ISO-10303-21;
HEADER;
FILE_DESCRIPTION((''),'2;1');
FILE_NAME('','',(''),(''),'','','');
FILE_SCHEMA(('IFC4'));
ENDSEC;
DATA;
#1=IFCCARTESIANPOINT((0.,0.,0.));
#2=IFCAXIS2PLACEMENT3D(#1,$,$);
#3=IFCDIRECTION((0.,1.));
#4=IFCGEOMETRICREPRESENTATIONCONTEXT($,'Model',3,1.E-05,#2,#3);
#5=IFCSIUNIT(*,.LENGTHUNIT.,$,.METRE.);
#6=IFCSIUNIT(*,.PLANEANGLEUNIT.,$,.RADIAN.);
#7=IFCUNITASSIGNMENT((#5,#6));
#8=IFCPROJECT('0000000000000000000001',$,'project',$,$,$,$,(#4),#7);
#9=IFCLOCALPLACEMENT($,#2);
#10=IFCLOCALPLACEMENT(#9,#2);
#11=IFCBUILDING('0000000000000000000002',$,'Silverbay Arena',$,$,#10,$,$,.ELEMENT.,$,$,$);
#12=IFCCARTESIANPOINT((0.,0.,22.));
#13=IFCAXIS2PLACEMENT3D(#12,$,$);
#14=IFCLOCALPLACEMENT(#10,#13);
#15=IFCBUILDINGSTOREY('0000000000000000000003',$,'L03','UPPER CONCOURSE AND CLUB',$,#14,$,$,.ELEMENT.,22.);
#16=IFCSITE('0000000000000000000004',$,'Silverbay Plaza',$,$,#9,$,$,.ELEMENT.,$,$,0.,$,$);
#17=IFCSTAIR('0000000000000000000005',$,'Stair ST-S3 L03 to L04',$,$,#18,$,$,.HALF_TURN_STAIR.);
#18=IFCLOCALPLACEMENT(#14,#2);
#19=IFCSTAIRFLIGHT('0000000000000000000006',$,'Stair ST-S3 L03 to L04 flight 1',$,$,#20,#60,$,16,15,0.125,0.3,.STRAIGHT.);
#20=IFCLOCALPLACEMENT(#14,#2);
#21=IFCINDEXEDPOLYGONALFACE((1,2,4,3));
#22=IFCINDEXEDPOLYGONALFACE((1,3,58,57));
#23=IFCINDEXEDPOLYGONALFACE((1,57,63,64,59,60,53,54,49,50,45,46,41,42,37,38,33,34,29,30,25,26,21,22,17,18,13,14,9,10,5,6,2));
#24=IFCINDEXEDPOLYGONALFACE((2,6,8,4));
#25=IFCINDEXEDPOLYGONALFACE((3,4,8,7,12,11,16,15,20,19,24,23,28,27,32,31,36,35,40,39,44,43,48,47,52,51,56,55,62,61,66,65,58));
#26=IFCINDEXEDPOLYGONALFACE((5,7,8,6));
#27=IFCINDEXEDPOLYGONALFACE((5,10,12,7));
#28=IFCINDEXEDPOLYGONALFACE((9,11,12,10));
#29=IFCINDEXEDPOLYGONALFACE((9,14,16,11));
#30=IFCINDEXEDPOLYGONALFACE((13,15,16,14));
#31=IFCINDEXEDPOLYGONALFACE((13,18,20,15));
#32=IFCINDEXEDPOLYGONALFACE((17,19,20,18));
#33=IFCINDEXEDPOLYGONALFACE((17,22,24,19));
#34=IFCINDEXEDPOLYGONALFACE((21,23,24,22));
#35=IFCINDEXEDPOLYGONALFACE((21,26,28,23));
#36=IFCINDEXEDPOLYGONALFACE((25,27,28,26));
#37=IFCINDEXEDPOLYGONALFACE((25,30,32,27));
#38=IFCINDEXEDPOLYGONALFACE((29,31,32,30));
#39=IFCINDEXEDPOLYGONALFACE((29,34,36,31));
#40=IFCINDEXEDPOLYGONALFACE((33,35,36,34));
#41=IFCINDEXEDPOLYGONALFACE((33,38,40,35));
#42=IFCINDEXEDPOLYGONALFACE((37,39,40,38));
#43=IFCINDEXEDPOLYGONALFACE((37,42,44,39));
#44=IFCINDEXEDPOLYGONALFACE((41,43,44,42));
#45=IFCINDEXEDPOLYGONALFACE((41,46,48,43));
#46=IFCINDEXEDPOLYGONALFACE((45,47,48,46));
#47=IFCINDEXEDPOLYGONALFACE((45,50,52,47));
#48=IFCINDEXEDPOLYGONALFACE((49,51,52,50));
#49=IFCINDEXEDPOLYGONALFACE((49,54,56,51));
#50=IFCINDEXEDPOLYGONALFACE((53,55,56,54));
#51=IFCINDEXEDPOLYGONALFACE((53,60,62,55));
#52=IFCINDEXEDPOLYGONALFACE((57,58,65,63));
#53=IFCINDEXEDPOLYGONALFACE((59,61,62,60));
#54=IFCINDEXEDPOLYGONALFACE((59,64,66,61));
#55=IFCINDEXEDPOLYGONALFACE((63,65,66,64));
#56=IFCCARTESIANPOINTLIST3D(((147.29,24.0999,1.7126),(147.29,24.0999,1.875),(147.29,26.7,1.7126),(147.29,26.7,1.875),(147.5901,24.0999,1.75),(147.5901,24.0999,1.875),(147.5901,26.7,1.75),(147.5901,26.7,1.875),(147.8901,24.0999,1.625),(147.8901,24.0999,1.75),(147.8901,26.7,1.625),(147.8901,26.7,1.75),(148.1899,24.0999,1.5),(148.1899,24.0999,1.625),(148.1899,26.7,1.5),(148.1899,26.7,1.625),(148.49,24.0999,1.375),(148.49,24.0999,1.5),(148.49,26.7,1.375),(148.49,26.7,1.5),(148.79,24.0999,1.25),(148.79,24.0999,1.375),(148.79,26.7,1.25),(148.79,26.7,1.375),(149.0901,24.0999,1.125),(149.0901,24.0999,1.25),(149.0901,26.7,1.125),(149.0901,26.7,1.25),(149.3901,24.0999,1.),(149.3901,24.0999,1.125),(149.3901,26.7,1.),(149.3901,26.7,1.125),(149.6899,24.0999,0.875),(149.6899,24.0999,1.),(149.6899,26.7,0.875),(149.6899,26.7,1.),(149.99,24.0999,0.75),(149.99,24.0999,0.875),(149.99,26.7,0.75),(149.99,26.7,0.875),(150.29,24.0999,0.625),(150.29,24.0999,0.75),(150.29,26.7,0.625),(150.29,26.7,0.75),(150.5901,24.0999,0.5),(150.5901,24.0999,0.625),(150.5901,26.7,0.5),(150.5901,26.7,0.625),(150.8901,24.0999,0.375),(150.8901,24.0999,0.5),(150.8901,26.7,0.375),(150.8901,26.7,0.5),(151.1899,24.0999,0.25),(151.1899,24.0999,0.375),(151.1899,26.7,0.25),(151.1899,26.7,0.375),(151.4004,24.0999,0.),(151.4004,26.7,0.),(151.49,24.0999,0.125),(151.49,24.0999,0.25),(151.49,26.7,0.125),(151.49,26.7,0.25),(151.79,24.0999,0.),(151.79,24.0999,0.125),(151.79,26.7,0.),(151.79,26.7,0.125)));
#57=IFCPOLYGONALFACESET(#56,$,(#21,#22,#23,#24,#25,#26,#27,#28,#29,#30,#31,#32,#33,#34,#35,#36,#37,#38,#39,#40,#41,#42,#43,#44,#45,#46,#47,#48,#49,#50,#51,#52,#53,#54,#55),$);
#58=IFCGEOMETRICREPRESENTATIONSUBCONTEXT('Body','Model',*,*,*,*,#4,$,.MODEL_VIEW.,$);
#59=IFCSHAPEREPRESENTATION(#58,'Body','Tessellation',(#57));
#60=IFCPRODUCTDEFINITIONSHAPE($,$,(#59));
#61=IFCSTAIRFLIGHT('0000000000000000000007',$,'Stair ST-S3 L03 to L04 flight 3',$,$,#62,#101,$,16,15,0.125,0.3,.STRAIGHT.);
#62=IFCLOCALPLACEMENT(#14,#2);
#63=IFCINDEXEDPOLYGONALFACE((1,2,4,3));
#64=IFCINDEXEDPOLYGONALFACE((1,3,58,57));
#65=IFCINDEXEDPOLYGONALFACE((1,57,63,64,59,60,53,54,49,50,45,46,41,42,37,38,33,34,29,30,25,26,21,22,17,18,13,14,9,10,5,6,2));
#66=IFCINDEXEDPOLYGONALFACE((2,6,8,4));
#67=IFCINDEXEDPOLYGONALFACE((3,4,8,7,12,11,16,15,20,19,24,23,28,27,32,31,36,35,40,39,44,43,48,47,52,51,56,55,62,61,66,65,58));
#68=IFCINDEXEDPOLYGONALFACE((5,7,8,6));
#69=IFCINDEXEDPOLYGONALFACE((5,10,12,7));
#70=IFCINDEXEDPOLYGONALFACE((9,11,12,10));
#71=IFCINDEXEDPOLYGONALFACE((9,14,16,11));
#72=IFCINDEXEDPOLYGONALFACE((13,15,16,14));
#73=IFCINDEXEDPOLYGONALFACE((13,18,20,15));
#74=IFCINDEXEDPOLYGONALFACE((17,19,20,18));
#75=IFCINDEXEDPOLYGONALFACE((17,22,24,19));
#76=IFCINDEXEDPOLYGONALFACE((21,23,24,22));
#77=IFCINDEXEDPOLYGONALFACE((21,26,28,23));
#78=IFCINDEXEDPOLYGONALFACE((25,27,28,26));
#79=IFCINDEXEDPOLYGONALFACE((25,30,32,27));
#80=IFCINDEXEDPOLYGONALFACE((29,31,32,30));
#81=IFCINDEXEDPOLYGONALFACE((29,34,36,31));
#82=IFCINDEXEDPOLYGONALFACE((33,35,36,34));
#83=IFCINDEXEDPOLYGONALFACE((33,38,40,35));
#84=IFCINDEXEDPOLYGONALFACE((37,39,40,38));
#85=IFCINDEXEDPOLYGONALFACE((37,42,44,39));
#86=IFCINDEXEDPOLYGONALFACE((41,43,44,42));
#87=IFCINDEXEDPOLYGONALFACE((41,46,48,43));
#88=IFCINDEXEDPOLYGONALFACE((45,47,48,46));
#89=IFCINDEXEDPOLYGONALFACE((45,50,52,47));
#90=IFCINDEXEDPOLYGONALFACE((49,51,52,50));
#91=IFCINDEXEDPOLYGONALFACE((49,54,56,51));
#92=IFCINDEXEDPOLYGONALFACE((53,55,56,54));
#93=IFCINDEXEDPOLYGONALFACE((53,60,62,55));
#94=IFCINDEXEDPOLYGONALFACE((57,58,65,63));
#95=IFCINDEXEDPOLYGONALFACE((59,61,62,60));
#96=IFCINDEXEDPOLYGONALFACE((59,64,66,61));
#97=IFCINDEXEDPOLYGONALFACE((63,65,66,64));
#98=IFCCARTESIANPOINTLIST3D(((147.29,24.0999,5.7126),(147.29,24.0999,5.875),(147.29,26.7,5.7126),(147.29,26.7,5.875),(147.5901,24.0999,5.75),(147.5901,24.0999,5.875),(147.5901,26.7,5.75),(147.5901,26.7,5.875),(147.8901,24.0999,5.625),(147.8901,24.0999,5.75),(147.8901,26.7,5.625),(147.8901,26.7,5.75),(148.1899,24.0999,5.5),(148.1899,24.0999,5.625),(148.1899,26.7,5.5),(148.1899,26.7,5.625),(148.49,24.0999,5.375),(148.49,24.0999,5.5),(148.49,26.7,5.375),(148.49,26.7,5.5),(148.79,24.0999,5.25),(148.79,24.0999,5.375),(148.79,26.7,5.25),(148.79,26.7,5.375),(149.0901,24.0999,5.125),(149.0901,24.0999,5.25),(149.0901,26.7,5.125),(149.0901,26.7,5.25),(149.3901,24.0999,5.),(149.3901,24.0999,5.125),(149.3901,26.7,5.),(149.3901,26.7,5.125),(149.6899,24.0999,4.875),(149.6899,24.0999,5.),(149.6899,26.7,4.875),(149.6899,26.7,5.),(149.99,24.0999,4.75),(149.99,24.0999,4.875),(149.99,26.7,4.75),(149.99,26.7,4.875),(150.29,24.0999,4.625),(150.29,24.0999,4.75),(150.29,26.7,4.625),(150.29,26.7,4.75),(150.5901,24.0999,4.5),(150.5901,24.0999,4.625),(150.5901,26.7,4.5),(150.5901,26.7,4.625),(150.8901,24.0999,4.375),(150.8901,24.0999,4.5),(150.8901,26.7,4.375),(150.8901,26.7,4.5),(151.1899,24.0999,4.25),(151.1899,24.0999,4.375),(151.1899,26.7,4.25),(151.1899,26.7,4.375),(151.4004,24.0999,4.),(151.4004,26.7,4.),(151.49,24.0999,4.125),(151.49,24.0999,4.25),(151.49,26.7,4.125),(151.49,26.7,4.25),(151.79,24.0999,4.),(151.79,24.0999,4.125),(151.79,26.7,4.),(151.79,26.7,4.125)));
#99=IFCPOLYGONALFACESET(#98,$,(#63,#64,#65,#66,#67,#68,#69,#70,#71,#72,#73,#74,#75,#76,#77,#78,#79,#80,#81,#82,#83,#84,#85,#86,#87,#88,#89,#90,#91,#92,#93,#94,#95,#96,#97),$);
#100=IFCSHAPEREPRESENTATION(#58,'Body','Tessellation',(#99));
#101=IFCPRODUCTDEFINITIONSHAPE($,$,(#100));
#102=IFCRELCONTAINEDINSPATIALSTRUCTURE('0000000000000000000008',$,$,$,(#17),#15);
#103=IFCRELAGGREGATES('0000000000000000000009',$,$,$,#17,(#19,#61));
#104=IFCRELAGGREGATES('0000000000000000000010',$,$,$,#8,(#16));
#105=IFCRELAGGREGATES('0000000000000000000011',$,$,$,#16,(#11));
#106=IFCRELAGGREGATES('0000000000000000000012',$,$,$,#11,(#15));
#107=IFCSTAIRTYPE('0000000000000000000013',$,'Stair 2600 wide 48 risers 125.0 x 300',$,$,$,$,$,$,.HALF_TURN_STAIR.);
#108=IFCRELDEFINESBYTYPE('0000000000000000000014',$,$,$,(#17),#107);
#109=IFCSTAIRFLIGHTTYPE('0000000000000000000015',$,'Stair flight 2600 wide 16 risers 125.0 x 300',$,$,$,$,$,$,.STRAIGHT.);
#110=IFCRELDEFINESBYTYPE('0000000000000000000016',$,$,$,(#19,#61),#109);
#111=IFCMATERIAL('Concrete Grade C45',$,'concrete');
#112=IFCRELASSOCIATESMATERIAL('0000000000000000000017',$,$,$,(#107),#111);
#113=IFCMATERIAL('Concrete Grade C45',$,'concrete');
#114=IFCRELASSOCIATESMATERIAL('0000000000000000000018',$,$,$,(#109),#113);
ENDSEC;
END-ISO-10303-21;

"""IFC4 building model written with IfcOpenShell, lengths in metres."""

from ifc_helpers import new_model, si_unit, direction, frame, origin, place, context, subcontext, project, spatial, polyline, outline, extrude, material, type_object, element, aggregate, save


model = new_model("IFC4")

# Units and contexts
model_context = context("Model", 3, precision=1e-05, world=origin(), true_north=direction((0.0, 1.0)))
body_context = subcontext(model_context, "Body", "Model", "MODEL_VIEW")
ifc_project = project(units=[si_unit("LENGTHUNIT", "METRE"), si_unit("PLANEANGLEUNIT", "RADIAN")], contexts=[model_context])

# Site, building, storey
site_placement = place(None, origin())
site = spatial("IfcSite", under=ifc_project, at=site_placement, Name="Silverbay Plaza", CompositionType="ELEMENT", RefElevation=0.0)
building_placement = place(site_placement, origin())
building = spatial("IfcBuilding", under=site, at=building_placement, Name="Silverbay Arena", CompositionType="ELEMENT")
storey_placement = place(building_placement, frame((0.0, 0.0, 22.0)))
storey = spatial("IfcBuildingStorey", under=building, at=storey_placement, Name="L03", Description="UPPER CONCOURSE AND CLUB", CompositionType="ELEMENT", Elevation=22.0)

# Stair, stair flights
ifc_material_1 = material(Name="Concrete Grade C45", Category="concrete")
stair_type = type_object("IfcStairType", Name="Stair 2600 wide 48 risers 125.0 x 300", PredefinedType="HALF_TURN_STAIR", material=ifc_material_1)
stair_placement = place(storey_placement, origin())
stair = element("IfcStair", 1, at=stair_placement, inside=storey, type_object=stair_type, Name="Stair ST-S3 L03 to L04", PredefinedType="HALF_TURN_STAIR")
ifc_material_2 = material(Name="Concrete Grade C45", Category="concrete")
stair_flight_type = type_object("IfcStairFlightType", Name="Stair flight 2600 wide 16 risers 125.0 x 300", PredefinedType="STRAIGHT", material=ifc_material_2)
stair_flight_1_placement = place(storey_placement, frame((151.79, 25.3999, 0.0), z_axis=(0.0, 0.0, 1.0), x_axis=(-1.0, 0.0, 0.0)))
stair_flight_1 = element("IfcStairFlight", 2, at=stair_flight_1_placement, type_object=stair_flight_type, Name="Stair ST-S3 L03 to L04 flight 1", NumberOfRisers=16, NumberOfTreads=15, PredefinedType="STRAIGHT", RiserHeight=0.125, TreadLength=0.3, context=body_context, shape_type="SweptSolid", body=[
    extrude(outline(polyline([(0.0, 0.0), (0.0, 0.125), (0.3, 0.125), (0.3, 0.25), (0.6001, 0.25), (0.6001, 0.375), (0.8999, 0.375), (0.8999, 0.5), (1.2, 0.5), (1.2, 0.625), (1.5, 0.625), (1.5, 0.75), (1.8, 0.75), (1.8, 0.875), (2.1001, 0.875), (2.1001, 1.0), (2.3999, 1.0), (2.3999, 1.125), (2.7, 1.125), (2.7, 1.25), (3.0, 1.25), (3.0, 1.375), (3.3, 1.375), (3.3, 1.5), (3.6001, 1.5), (3.6001, 1.625), (3.8999, 1.625), (3.8999, 1.75), (4.2, 1.75), (4.2, 1.875), (4.5, 1.875), (4.5, 1.7126), (0.3896, 0.0), (0.0, 0.0)])), frame((0.0, 1.3, 0.0), z_axis=(0.0, -1.0, 0.0), x_axis=(1.0, 0.0, 0.0)), (0.0, 0.0, 1.0), 2.6001),
])
stair_flight_2_placement = place(storey_placement, frame((151.79, 25.3999, 4.0), z_axis=(0.0, 0.0, 1.0), x_axis=(-1.0, 0.0, 0.0)))
stair_flight_2 = element("IfcStairFlight", 3, at=stair_flight_2_placement, type_object=stair_flight_type, Name="Stair ST-S3 L03 to L04 flight 3", NumberOfRisers=16, NumberOfTreads=15, PredefinedType="STRAIGHT", RiserHeight=0.125, TreadLength=0.3, context=body_context, shape_type="SweptSolid", body=[
    extrude(outline(polyline([(0.0, 0.0), (0.0, 0.125), (0.3, 0.125), (0.3, 0.25), (0.6001, 0.25), (0.6001, 0.375), (0.8999, 0.375), (0.8999, 0.5), (1.2, 0.5), (1.2, 0.625), (1.5, 0.625), (1.5, 0.75), (1.8, 0.75), (1.8, 0.875), (2.1001, 0.875), (2.1001, 1.0), (2.3999, 1.0), (2.3999, 1.125), (2.7, 1.125), (2.7, 1.25), (3.0, 1.25), (3.0, 1.375), (3.3, 1.375), (3.3, 1.5), (3.6001, 1.5), (3.6001, 1.625), (3.8999, 1.625), (3.8999, 1.75), (4.2, 1.75), (4.2, 1.875), (4.5, 1.875), (4.5, 1.7126), (0.3896, 0.0), (0.0, 0.0)])), frame((0.0, 1.3, 0.0), z_axis=(0.0, -1.0, 0.0), x_axis=(1.0, 0.0, 0.0)), (0.0, 0.0, 1.0), 2.6001),
])
aggregate(stair, [stair_flight_1, stair_flight_2])

save(model, "model.ifc")
